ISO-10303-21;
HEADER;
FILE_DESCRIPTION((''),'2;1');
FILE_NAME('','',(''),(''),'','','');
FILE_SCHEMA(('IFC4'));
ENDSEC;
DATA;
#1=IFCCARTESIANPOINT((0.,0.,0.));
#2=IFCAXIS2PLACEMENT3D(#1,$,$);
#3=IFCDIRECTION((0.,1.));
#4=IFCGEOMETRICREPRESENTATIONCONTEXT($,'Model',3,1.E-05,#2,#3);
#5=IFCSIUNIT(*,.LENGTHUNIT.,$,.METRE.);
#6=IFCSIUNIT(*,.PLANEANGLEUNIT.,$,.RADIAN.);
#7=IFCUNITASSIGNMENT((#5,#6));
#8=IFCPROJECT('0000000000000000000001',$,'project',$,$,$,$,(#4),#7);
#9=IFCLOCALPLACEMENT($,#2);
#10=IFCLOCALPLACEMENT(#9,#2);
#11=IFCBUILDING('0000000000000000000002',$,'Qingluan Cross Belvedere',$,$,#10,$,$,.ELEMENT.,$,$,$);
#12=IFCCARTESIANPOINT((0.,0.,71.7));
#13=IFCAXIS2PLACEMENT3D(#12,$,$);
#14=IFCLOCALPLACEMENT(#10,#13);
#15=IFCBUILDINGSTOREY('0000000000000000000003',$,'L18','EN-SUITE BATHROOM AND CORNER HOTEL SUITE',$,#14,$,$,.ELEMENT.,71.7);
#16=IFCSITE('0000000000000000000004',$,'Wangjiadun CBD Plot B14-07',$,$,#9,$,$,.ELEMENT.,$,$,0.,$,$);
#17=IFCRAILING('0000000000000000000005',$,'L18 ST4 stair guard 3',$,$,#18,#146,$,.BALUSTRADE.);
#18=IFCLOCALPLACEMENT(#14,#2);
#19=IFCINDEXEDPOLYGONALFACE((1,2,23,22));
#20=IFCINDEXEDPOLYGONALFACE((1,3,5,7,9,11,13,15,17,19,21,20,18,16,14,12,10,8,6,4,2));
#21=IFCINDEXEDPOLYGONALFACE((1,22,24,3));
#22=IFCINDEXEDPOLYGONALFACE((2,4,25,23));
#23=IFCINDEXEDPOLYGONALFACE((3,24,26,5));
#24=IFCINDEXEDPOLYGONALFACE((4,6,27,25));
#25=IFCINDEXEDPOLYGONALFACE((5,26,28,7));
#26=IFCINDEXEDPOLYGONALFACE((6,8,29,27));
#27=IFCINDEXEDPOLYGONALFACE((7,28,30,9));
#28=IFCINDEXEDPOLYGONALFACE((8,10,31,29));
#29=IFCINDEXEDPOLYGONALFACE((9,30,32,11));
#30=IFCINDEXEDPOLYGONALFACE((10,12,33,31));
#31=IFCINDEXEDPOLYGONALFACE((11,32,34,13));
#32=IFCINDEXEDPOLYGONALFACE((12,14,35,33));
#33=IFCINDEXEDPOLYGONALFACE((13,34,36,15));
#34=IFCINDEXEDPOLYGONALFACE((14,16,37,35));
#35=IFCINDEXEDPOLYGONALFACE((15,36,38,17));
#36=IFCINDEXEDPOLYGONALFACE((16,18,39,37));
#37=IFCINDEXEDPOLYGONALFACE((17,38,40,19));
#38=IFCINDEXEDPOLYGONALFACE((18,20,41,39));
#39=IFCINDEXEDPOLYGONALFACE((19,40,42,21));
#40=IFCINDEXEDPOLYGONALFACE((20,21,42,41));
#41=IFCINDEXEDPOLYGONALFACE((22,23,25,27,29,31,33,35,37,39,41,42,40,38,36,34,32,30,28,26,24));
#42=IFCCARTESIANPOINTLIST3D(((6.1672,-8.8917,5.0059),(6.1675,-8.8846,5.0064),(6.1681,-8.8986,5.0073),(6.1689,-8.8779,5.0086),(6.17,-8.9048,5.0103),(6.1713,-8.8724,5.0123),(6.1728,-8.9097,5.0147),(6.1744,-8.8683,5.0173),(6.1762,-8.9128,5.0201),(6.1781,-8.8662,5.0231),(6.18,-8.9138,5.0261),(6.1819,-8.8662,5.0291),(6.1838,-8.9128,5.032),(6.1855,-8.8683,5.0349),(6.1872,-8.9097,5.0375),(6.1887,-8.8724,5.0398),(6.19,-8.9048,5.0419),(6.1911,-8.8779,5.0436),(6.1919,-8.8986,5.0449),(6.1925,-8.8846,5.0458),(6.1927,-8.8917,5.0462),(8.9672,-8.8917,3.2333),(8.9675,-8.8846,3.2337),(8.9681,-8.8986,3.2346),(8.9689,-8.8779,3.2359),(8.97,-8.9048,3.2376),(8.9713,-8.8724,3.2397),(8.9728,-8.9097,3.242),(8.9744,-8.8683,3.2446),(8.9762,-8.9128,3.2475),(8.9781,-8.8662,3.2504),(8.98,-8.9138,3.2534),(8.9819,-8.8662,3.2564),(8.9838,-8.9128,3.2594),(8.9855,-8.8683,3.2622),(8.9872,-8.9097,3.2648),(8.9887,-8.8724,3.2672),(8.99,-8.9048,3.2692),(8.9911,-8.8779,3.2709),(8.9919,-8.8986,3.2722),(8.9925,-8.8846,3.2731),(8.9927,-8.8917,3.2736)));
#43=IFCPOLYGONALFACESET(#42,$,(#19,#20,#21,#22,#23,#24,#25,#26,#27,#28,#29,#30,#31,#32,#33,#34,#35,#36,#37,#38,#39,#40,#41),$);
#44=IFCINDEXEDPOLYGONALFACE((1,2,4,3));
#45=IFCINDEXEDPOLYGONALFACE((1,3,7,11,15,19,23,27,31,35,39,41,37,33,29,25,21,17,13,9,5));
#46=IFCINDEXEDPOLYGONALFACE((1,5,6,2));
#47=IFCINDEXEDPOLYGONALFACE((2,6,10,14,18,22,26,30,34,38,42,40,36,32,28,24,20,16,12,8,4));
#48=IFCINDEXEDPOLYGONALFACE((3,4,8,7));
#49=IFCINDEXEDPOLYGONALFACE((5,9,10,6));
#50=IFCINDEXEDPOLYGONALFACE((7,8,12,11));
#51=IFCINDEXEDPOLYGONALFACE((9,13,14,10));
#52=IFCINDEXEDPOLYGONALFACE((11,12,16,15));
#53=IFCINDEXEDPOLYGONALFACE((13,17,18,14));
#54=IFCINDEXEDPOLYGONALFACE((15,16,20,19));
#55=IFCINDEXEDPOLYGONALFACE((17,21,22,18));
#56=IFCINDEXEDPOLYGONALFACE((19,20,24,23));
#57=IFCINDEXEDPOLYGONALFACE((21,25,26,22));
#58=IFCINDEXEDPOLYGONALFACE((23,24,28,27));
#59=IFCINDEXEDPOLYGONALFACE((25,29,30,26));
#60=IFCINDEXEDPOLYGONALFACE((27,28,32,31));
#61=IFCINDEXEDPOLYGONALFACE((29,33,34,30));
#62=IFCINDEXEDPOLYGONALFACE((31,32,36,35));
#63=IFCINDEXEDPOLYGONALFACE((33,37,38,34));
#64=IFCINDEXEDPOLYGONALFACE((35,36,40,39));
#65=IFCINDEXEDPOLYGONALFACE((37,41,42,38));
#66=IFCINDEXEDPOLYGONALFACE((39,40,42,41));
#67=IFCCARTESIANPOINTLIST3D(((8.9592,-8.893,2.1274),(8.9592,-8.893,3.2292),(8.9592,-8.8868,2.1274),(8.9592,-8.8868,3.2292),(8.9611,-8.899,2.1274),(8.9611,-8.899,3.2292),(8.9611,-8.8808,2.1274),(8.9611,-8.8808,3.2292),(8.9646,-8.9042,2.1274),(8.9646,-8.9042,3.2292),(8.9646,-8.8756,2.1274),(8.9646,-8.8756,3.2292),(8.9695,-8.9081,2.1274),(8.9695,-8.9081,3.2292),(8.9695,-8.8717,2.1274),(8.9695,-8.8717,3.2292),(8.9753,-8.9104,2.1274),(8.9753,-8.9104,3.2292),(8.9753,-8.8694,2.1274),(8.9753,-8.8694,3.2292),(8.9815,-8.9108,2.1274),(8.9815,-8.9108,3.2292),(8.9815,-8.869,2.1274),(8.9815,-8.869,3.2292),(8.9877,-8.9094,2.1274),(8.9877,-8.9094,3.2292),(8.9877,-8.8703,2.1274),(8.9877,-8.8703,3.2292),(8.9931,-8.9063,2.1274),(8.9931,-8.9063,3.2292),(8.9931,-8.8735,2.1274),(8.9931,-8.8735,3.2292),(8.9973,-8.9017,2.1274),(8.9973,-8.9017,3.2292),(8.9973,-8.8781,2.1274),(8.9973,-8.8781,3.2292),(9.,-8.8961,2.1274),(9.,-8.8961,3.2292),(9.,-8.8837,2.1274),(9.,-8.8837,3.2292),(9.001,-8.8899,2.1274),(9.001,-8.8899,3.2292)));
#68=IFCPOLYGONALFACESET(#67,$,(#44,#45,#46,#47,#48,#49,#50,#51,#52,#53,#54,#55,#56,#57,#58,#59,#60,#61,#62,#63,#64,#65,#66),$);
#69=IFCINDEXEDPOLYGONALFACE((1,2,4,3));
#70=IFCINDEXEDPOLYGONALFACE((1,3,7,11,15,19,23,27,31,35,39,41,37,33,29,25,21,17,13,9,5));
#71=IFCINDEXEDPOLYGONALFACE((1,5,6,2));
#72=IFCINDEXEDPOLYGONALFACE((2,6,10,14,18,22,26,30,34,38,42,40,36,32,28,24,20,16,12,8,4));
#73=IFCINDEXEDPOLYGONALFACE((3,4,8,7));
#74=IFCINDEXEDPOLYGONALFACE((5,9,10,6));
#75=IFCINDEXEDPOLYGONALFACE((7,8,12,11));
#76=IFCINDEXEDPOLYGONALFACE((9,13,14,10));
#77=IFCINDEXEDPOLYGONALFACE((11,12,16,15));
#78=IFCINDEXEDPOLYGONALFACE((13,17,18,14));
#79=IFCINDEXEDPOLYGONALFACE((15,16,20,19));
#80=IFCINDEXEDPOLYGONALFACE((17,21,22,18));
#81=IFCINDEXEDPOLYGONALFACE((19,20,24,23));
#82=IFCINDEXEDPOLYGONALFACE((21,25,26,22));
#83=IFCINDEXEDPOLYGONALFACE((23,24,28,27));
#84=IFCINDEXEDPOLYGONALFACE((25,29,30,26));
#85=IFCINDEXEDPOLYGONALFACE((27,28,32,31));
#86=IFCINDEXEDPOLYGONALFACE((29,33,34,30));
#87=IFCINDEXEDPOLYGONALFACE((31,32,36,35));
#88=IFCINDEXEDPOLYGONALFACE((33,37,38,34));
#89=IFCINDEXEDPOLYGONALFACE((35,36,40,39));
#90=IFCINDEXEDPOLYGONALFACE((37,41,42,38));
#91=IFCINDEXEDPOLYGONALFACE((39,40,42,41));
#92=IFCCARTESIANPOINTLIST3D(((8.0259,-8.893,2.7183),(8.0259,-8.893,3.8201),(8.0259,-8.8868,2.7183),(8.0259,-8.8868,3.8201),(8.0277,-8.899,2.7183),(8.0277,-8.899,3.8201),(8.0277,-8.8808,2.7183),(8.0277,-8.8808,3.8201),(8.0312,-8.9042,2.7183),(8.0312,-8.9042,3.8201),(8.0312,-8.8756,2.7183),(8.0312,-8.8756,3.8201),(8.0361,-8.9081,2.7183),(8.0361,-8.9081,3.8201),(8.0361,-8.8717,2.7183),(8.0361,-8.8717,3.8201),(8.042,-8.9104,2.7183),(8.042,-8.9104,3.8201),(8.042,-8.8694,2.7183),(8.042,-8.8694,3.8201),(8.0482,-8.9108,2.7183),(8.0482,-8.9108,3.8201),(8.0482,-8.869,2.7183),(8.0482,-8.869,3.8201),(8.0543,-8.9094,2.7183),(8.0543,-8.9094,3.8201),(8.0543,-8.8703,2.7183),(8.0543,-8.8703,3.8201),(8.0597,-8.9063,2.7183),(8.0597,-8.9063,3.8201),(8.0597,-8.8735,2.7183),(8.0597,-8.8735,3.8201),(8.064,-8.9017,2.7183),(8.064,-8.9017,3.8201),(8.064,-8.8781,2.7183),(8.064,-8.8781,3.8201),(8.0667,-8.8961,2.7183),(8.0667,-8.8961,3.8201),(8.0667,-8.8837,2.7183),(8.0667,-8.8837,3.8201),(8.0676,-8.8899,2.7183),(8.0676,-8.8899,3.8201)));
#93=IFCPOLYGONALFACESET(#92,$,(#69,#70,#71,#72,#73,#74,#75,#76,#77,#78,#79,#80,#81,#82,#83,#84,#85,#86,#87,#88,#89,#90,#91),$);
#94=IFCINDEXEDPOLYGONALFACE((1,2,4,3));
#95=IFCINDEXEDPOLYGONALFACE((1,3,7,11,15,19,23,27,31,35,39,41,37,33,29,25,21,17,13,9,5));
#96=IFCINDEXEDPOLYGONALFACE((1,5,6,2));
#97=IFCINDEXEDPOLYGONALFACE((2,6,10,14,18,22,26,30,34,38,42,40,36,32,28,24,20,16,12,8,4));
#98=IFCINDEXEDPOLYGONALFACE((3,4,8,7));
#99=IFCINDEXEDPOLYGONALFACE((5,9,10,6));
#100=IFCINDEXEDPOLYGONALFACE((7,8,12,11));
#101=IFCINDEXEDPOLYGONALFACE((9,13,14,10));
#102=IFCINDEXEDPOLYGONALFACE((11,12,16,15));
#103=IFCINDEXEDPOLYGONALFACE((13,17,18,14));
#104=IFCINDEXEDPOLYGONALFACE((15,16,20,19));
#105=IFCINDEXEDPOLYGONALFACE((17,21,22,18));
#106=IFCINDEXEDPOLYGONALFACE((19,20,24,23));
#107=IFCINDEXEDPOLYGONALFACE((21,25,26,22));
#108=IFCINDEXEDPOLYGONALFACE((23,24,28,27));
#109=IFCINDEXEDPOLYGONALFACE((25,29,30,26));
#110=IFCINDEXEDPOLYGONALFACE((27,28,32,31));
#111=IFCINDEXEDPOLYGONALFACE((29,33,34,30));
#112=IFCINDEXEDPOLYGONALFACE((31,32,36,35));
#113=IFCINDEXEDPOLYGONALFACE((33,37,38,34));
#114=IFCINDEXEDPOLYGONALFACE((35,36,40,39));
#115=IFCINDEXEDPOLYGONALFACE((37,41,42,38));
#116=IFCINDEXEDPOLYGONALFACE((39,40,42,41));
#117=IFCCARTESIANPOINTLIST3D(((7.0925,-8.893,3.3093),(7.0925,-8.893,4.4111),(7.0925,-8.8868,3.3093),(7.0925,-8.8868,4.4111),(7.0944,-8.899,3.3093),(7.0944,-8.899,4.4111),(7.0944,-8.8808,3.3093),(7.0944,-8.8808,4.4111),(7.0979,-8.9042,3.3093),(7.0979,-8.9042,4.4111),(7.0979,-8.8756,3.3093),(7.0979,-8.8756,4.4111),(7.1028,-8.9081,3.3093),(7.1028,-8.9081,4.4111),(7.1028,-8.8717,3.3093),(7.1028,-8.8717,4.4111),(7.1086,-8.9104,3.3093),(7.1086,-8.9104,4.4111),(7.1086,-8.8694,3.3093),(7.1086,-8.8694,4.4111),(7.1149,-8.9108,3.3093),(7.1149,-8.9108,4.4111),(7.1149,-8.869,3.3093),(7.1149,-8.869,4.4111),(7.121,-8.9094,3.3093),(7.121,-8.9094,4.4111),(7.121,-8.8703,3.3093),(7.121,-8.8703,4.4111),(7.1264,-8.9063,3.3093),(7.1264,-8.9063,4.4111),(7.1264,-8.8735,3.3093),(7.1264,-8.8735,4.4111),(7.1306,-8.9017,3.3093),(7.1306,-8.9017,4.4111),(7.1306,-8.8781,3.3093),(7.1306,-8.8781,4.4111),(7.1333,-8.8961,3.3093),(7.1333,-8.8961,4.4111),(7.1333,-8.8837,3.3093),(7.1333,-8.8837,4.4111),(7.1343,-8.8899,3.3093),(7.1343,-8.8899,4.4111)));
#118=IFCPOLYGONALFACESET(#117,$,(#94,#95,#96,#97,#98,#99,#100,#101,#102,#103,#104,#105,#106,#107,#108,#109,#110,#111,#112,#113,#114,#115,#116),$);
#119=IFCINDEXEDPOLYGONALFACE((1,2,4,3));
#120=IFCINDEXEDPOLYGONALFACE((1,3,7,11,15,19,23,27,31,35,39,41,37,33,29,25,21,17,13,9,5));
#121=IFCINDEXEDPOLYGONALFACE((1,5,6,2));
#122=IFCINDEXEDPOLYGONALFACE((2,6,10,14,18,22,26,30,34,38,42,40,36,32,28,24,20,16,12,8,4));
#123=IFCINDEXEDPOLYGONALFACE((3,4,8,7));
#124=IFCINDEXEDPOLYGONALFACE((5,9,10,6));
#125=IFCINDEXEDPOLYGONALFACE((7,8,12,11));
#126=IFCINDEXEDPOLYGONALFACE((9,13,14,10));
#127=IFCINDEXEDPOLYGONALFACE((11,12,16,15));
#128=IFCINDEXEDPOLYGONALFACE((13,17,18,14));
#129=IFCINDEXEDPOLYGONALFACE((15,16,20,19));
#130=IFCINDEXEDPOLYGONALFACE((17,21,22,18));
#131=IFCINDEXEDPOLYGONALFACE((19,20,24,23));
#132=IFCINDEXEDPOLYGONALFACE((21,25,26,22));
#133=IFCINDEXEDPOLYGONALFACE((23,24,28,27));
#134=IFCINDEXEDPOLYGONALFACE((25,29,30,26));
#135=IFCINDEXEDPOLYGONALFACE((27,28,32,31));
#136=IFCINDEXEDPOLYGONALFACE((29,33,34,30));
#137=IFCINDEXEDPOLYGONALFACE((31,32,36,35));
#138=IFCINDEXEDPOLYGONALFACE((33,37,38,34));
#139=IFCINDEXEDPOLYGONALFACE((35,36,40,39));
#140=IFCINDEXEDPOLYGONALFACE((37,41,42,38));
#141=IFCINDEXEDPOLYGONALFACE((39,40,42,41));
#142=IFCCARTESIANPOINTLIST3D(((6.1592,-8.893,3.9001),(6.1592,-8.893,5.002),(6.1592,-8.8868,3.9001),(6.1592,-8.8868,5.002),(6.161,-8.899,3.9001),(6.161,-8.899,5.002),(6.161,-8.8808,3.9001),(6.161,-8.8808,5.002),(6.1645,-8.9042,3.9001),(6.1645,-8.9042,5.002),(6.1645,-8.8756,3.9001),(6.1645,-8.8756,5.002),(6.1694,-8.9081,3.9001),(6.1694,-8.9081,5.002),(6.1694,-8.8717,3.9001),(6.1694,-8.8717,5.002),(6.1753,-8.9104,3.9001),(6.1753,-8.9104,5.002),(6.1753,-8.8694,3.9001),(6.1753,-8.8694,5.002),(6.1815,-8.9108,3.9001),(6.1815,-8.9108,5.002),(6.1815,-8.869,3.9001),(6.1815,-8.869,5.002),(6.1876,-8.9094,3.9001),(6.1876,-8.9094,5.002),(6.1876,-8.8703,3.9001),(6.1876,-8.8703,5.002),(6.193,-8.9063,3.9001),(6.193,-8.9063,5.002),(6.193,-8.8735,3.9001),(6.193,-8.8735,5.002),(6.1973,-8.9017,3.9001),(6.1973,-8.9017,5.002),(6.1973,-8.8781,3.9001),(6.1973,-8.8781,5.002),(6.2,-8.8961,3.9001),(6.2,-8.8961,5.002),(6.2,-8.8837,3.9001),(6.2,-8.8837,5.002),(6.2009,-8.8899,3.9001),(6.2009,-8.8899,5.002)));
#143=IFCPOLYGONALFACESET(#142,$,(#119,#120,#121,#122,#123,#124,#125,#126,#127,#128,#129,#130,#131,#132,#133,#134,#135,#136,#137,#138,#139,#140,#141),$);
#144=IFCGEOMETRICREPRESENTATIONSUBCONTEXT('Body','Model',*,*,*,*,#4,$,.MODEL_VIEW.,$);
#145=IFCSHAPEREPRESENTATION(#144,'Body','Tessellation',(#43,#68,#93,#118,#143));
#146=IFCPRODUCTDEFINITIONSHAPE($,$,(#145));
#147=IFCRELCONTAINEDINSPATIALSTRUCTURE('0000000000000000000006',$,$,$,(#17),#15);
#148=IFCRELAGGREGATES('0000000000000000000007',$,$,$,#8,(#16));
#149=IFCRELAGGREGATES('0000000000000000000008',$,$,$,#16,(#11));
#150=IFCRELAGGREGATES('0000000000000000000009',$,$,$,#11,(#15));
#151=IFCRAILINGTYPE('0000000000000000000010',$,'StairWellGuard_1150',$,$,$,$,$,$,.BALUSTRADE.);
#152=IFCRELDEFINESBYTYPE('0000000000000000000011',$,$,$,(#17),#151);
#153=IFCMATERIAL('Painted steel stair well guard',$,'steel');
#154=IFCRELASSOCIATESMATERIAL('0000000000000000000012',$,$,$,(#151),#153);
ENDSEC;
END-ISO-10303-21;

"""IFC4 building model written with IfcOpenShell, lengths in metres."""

from ifc_helpers import new_model, si_unit, direction, frame, origin, origin_2d, place, context, subcontext, project, spatial, circle, extrude, material, type_object, element, save


model = new_model("IFC4")

# Units and contexts
model_context = context("Model", 3, precision=1e-05, world=origin(), true_north=direction((0.0, 1.0)))
body_context = subcontext(model_context, "Body", "Model", "MODEL_VIEW")
ifc_project = project(units=[si_unit("LENGTHUNIT", "METRE"), si_unit("PLANEANGLEUNIT", "RADIAN")], contexts=[model_context])

# Site, building, storey
site_placement = place(None, origin())
site = spatial("IfcSite", under=ifc_project, at=site_placement, Name="Wangjiadun CBD Plot B14-07", CompositionType="ELEMENT", RefElevation=0.0)
building_placement = place(site_placement, origin())
building = spatial("IfcBuilding", under=site, at=building_placement, Name="Qingluan Cross Belvedere", CompositionType="ELEMENT")
storey_placement = place(building_placement, frame((0.0, 0.0, 71.7)))
storey = spatial("IfcBuildingStorey", under=building, at=storey_placement, Name="L18", Description="EN-SUITE BATHROOM AND CORNER HOTEL SUITE", CompositionType="ELEMENT", Elevation=71.7)

# Railing
ifc_material_1 = material(Name="Painted steel stair well guard", Category="steel")
railing_type_1 = type_object("IfcRailingType", Name="StairWellGuard_1150", PredefinedType="BALUSTRADE", material=ifc_material_1)
railing_1_placement = place(storey_placement, frame((8.98, -8.8899, 2.1274)))
element("IfcRailing", 1, at=railing_1_placement, inside=storey, type_object=railing_type_1, Name="L18 ST4 stair guard 3", PredefinedType="BALUSTRADE", context=body_context, shape_type="SweptSolid", body=[
    extrude(circle(Radius=0.0239, at=origin_2d()), frame((0.0, 0.0, 1.126), z_axis=(-0.844909, 0.0, 0.53491), x_axis=(0.0, -1.0, 0.0)), (0.0, 0.0, 1.0), 3.314),
    extrude(circle(Radius=0.021, at=origin_2d()), origin(), (0.0, 0.0, 1.0), 1.1018),
    extrude(circle(Radius=0.021, at=origin_2d()), frame((-0.9333, 0.0, 0.5908)), (0.0, 0.0, 1.0), 1.1018),
    extrude(circle(Radius=0.021, at=origin_2d()), frame((-1.8667, 0.0, 1.1819)), (0.0, 0.0, 1.0), 1.1018),
    extrude(circle(Radius=0.021, at=origin_2d()), frame((-2.8, 0.0, 1.7727)), (0.0, 0.0, 1.0), 1.1018),
])

save(model, "model.ifc")
